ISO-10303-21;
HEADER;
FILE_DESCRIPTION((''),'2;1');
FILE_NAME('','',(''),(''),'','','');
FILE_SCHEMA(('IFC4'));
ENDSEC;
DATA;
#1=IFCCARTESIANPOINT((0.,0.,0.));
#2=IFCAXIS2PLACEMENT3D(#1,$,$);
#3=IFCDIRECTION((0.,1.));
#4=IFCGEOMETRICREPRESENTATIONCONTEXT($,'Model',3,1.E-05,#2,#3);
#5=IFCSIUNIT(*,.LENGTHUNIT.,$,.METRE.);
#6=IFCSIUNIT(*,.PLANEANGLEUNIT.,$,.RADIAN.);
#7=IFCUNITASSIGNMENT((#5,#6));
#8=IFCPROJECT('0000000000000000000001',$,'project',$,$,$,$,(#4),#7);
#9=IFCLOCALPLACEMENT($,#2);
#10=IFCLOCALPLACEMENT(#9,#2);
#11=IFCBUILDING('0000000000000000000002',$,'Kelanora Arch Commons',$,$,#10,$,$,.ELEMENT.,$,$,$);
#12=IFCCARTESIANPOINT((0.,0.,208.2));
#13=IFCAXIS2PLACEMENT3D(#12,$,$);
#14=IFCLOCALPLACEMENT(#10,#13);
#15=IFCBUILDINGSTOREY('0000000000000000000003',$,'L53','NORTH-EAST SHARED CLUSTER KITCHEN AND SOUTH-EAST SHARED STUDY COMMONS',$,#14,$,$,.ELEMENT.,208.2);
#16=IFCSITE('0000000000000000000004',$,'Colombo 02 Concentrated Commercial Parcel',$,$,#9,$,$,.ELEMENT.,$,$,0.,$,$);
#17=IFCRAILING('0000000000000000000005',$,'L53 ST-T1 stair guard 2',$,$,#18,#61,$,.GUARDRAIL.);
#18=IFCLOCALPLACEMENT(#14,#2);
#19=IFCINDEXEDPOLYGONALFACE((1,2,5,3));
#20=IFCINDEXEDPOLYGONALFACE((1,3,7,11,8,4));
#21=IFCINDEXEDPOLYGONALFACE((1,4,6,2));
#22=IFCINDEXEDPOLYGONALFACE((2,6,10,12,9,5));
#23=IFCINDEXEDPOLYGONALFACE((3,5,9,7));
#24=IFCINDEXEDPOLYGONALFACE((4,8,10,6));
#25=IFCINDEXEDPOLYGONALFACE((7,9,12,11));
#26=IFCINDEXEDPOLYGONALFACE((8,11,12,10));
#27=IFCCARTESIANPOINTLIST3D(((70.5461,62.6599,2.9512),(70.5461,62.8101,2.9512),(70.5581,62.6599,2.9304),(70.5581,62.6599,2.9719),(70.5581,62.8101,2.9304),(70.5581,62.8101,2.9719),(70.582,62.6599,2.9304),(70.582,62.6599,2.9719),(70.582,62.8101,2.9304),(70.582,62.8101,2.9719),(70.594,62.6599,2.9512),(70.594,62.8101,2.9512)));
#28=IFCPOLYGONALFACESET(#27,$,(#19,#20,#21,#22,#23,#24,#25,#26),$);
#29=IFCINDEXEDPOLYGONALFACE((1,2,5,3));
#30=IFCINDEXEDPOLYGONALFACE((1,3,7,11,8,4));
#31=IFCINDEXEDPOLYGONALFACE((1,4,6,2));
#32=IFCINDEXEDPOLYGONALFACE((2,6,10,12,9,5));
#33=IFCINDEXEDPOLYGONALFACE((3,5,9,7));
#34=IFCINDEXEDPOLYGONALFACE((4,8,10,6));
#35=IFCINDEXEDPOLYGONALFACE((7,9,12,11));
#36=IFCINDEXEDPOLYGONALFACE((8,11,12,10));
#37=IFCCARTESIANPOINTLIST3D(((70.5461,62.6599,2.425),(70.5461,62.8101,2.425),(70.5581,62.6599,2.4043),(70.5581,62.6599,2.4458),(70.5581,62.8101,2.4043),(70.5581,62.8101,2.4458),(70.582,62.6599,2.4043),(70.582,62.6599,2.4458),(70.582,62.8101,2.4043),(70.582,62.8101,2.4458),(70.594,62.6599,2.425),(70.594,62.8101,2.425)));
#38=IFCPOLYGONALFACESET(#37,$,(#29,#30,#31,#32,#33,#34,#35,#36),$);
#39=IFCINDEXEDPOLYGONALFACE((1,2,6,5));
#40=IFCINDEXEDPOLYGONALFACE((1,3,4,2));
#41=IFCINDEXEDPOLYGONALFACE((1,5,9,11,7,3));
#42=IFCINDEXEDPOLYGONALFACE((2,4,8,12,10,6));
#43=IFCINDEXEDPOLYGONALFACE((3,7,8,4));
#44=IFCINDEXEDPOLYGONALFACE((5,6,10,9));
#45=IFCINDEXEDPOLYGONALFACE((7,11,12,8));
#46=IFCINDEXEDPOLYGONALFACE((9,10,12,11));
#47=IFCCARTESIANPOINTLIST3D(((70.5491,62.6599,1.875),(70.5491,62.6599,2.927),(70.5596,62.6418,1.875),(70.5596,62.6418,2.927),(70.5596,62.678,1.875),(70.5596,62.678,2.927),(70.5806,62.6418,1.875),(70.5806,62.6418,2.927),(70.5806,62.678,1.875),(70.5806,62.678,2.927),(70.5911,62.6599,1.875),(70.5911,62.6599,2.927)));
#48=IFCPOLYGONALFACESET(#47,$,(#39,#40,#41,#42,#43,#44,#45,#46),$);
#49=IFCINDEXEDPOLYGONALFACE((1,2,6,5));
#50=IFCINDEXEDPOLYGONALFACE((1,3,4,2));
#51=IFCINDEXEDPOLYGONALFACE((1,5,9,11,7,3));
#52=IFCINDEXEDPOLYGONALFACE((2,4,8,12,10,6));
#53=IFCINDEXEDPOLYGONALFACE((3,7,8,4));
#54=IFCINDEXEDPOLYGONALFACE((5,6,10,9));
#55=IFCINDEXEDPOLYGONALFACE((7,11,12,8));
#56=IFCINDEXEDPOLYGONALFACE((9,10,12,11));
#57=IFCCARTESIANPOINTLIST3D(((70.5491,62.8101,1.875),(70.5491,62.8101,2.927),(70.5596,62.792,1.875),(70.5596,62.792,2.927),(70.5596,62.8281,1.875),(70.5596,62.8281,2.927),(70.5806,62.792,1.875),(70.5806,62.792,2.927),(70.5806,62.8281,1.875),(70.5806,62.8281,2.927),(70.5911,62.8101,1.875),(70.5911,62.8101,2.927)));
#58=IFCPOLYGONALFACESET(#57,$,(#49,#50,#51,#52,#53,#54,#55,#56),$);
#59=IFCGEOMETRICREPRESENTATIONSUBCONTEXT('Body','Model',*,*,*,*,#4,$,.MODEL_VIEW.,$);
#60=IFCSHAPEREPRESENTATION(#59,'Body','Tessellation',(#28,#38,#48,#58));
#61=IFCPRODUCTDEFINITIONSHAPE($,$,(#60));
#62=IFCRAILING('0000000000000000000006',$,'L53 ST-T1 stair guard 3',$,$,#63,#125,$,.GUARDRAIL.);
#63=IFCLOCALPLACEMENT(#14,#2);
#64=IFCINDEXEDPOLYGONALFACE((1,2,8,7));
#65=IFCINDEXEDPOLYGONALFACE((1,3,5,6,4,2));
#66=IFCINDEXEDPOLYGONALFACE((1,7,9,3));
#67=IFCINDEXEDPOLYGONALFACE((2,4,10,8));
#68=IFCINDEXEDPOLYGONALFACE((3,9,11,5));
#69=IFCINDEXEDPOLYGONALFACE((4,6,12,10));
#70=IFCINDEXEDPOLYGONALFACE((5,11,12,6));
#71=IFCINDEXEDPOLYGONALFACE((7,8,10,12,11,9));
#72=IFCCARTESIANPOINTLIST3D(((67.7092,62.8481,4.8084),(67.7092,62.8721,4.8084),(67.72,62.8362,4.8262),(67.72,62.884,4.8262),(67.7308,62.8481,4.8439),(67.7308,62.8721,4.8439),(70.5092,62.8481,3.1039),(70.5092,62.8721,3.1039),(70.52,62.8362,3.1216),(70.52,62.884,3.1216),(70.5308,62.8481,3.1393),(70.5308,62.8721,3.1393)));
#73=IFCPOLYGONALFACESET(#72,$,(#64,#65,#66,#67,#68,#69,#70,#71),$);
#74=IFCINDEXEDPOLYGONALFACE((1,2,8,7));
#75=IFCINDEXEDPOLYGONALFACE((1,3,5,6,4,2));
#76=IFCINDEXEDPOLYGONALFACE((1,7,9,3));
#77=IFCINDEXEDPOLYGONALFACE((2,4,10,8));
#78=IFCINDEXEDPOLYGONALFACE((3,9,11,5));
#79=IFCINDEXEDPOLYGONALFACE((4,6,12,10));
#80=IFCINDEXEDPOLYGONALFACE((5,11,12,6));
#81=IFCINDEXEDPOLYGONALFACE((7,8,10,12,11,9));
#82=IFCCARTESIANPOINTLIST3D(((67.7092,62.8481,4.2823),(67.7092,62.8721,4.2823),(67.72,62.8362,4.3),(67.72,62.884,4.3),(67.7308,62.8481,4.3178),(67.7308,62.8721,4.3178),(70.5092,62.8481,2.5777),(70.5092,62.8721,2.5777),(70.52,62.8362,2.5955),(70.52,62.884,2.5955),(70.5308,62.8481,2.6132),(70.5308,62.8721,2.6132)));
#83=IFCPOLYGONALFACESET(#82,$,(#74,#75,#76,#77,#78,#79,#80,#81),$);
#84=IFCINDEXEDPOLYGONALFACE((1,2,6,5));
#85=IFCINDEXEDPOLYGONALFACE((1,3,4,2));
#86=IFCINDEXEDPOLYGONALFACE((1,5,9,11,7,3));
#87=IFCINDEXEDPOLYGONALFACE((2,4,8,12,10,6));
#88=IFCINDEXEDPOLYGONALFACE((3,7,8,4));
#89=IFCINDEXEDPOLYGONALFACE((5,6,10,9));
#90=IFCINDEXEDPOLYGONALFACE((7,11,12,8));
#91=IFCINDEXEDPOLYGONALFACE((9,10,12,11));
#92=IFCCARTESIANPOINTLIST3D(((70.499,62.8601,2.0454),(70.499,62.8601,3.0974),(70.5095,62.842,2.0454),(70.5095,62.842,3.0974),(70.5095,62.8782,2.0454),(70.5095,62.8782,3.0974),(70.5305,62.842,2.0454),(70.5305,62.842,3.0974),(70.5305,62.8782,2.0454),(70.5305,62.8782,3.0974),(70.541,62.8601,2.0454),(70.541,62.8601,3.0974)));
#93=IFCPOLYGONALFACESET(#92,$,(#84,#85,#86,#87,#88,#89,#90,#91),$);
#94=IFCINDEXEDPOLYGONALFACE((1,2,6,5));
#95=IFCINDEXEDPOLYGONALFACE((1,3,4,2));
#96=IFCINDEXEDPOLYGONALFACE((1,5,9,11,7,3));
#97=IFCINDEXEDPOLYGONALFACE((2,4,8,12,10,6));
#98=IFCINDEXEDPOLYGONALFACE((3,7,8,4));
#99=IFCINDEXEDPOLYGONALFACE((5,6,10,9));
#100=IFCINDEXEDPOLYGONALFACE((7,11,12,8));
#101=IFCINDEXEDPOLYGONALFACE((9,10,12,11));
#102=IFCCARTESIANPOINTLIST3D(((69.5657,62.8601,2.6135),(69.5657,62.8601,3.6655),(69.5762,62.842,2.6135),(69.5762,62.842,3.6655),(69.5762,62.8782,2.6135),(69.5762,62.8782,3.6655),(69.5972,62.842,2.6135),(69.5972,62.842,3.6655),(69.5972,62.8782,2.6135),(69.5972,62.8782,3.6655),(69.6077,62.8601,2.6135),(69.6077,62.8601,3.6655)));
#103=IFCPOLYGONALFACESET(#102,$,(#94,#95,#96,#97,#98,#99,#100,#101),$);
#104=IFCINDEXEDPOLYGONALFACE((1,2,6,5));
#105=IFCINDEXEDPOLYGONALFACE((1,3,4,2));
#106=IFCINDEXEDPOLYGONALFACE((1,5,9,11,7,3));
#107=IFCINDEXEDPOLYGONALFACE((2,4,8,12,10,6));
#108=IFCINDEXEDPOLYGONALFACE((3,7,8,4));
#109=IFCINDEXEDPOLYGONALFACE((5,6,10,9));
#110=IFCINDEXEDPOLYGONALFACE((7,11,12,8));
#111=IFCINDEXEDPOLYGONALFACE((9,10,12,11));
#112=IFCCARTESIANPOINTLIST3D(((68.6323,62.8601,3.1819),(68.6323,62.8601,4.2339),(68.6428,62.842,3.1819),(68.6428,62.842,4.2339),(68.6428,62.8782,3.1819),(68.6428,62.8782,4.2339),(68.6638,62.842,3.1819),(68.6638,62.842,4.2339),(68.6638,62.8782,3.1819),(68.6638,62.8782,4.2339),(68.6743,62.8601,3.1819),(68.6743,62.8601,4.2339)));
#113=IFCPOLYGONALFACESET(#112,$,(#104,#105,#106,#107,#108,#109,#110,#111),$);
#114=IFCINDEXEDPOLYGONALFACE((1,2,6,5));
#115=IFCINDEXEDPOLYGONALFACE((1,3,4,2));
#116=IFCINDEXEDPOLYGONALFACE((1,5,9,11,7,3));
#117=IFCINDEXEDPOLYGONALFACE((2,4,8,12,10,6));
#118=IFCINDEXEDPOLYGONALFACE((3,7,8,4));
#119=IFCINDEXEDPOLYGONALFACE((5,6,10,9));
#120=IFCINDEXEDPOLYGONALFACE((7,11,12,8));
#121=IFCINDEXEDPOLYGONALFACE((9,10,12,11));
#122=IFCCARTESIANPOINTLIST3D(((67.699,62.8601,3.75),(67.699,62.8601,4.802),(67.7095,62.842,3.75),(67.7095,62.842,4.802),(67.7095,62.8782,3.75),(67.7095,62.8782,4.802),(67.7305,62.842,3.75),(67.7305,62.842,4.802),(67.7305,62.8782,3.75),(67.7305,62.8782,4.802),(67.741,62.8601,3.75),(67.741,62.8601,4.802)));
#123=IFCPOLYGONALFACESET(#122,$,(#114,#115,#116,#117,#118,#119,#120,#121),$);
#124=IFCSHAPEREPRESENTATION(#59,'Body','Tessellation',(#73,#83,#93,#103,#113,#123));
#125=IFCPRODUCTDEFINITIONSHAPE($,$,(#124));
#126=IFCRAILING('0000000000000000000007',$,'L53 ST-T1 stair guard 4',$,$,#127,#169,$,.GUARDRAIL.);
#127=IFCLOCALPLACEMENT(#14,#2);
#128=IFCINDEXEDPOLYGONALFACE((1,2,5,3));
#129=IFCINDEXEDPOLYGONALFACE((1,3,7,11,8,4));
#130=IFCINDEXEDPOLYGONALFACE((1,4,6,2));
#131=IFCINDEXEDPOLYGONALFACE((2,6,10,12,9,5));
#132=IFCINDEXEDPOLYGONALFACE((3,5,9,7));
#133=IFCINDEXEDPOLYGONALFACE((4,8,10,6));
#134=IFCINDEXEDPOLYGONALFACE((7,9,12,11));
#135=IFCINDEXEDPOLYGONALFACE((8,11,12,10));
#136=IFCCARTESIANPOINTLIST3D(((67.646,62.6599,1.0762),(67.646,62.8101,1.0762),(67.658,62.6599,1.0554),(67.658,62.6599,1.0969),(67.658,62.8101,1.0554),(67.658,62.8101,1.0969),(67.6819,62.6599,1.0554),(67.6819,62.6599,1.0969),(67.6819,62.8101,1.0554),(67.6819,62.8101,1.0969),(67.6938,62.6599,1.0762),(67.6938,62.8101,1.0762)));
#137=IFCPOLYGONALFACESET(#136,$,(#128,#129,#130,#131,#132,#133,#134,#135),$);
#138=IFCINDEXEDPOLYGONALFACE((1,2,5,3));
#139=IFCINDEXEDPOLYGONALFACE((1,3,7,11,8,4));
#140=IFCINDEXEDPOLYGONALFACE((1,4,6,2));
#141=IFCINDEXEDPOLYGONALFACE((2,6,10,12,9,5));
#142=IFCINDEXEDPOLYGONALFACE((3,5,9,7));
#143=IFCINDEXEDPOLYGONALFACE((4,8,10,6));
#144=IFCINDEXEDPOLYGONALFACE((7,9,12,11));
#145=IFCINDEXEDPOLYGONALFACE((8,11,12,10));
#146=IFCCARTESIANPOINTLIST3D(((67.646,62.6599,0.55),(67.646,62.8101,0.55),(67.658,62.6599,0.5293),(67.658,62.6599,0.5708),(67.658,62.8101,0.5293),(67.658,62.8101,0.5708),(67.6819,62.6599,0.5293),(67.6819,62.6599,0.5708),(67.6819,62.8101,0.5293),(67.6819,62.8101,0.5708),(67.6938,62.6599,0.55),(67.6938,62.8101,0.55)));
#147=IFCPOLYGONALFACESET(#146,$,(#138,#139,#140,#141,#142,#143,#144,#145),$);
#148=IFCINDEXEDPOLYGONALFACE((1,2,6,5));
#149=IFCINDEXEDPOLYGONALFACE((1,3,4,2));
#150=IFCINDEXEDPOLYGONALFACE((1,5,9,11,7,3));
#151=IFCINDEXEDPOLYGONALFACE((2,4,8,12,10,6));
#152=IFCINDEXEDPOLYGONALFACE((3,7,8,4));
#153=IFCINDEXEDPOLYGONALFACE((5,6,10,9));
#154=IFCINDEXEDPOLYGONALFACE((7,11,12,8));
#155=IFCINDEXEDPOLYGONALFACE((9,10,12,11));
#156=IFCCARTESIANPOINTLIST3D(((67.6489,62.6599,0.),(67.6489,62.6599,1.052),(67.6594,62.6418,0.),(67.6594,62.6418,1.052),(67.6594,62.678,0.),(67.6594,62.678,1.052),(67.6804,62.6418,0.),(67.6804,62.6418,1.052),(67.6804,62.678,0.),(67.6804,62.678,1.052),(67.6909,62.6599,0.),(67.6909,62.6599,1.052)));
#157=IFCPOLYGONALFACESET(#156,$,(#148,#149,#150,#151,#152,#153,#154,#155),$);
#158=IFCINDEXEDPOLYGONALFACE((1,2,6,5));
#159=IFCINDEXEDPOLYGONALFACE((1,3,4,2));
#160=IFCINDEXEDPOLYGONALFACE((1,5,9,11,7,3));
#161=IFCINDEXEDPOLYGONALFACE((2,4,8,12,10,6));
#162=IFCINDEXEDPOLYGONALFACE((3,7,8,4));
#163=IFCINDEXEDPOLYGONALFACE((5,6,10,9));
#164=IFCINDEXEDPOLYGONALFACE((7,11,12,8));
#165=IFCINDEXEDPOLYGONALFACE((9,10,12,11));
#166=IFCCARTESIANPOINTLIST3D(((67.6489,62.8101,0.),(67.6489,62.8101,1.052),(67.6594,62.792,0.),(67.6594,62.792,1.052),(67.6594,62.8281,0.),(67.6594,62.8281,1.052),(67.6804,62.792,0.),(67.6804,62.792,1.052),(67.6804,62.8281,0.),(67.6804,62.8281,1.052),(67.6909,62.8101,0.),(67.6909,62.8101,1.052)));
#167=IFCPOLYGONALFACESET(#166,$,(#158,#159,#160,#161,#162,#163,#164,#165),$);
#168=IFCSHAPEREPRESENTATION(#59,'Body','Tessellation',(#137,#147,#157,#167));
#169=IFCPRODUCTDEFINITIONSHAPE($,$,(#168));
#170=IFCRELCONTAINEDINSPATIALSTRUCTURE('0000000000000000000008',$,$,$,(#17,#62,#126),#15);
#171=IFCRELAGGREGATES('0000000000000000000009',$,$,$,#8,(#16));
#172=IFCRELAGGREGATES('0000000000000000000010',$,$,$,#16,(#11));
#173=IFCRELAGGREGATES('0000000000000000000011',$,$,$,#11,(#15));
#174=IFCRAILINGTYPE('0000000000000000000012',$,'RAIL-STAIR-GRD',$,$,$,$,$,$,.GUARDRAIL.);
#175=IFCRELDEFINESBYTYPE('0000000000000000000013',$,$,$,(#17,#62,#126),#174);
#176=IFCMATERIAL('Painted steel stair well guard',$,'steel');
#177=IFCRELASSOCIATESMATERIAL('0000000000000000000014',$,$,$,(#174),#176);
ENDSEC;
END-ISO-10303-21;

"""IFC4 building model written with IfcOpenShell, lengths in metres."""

from ifc_helpers import new_model, si_unit, direction, frame, origin, place, context, subcontext, project, spatial, polyline, outline, extrude, material, type_object, element, save


model = new_model("IFC4")

# Units and contexts
model_context = context("Model", 3, precision=1e-05, world=origin(), true_north=direction((0.0, 1.0)))
body_context = subcontext(model_context, "Body", "Model", "MODEL_VIEW")
ifc_project = project(units=[si_unit("LENGTHUNIT", "METRE"), si_unit("PLANEANGLEUNIT", "RADIAN")], contexts=[model_context])

# Site, building, storey
site_placement = place(None, origin())
site = spatial("IfcSite", under=ifc_project, at=site_placement, Name="Colombo 02 Concentrated Commercial Parcel", CompositionType="ELEMENT", RefElevation=0.0)
building_placement = place(site_placement, origin())
building = spatial("IfcBuilding", under=site, at=building_placement, Name="Kelanora Arch Commons", CompositionType="ELEMENT")
storey_placement = place(building_placement, frame((0.0, 0.0, 208.2)))
storey = spatial("IfcBuildingStorey", under=building, at=storey_placement, Name="L53", Description="NORTH-EAST SHARED CLUSTER KITCHEN AND SOUTH-EAST SHARED STUDY COMMONS", CompositionType="ELEMENT", Elevation=208.2)

# Railings
ifc_material_1 = material(Name="Painted steel stair well guard", Category="steel")
railing_type_1 = type_object("IfcRailingType", Name="RAIL-STAIR-GRD", PredefinedType="GUARDRAIL", material=ifc_material_1)
railing_1_placement = place(storey_placement, frame((70.5701, 62.6599, 1.875)))
element("IfcRailing", 1, at=railing_1_placement, inside=storey, type_object=railing_type_1, Name="L53 ST-T1 stair guard 2", PredefinedType="GUARDRAIL", context=body_context, shape_type="SweptSolid", body=[
    extrude(outline(polyline([(0.0239, 0.0), (0.012, 0.0208), (-0.012, 0.0208), (-0.0239, 0.0), (-0.012, -0.0208), (0.012, -0.0208), (0.0239, 0.0)])), frame((0.0, 0.0, 1.0762), z_axis=(0.0, 1.0, 0.0), x_axis=(-1.0, 0.0, 0.0)), (0.0, 0.0, 1.0), 0.1501),
    extrude(outline(polyline([(0.0239, 0.0), (0.012, 0.0208), (-0.012, 0.0208), (-0.0239, 0.0), (-0.012, -0.0208), (0.012, -0.0208), (0.0239, 0.0)])), frame((0.0, 0.0, 0.55), z_axis=(0.0, 1.0, 0.0), x_axis=(-1.0, 0.0, 0.0)), (0.0, 0.0, 1.0), 0.1501),
    extrude(outline(polyline([(0.021, 0.0), (0.0105, 0.0181), (-0.0105, 0.0181), (-0.021, 0.0), (-0.0105, -0.0181), (0.0105, -0.0181), (0.021, 0.0)])), origin(), (0.0, 0.0, 1.0), 1.052),
    extrude(outline(polyline([(0.021, 0.0), (0.0105, 0.0181), (-0.0105, 0.0181), (-0.021, 0.0), (-0.0105, -0.0181), (0.0105, -0.0181), (0.021, 0.0)])), frame((0.0, 0.1501, 0.0)), (0.0, 0.0, 1.0), 1.052),
])
railing_2_placement = place(storey_placement, frame((70.52, 62.8601, 2.0454)))
element("IfcRailing", 2, at=railing_2_placement, inside=storey, type_object=railing_type_1, Name="L53 ST-T1 stair guard 3", PredefinedType="GUARDRAIL", context=body_context, shape_type="SweptSolid", body=[
    extrude(outline(polyline([(0.0239, 0.0), (0.012, 0.0208), (-0.012, 0.0208), (-0.0239, 0.0), (-0.012, -0.0208), (0.012, -0.0208), (0.0239, 0.0)])), frame((0.0, 0.0, 1.0762), z_axis=(-0.85417, 0.0, 0.519994), x_axis=(0.0, -1.0, 0.0)), (0.0, 0.0, 1.0), 3.2781),
    extrude(outline(polyline([(0.0239, 0.0), (0.012, 0.0208), (-0.012, 0.0208), (-0.0239, 0.0), (-0.012, -0.0208), (0.012, -0.0208), (0.0239, 0.0)])), frame((0.0, 0.0, 0.55), z_axis=(-0.85417, 0.0, 0.519994), x_axis=(0.0, -1.0, 0.0)), (0.0, 0.0, 1.0), 3.2781),
    extrude(outline(polyline([(0.021, 0.0), (0.0105, 0.0181), (-0.0105, 0.0181), (-0.021, 0.0), (-0.0105, -0.0181), (0.0105, -0.0181), (0.021, 0.0)])), origin(), (0.0, 0.0, 1.0), 1.052),
    extrude(outline(polyline([(0.021, 0.0), (0.0105, 0.0181), (-0.0105, 0.0181), (-0.021, 0.0), (-0.0105, -0.0181), (0.0105, -0.0181), (0.021, 0.0)])), frame((-0.9333, 0.0, 0.5681)), (0.0, 0.0, 1.0), 1.052),
    extrude(outline(polyline([(0.021, 0.0), (0.0105, 0.0181), (-0.0105, 0.0181), (-0.021, 0.0), (-0.0105, -0.0181), (0.0105, -0.0181), (0.021, 0.0)])), frame((-1.8667, 0.0, 1.1365)), (0.0, 0.0, 1.0), 1.052),
    extrude(outline(polyline([(0.021, 0.0), (0.0105, 0.0181), (-0.0105, 0.0181), (-0.021, 0.0), (-0.0105, -0.0181), (0.0105, -0.0181), (0.021, 0.0)])), frame((-2.8, 0.0, 1.7046)), (0.0, 0.0, 1.0), 1.052),
])
railing_3_placement = place(storey_placement, frame((67.6699, 62.6599, 0.0)))
element("IfcRailing", 3, at=railing_3_placement, inside=storey, type_object=railing_type_1, Name="L53 ST-T1 stair guard 4", PredefinedType="GUARDRAIL", context=body_context, shape_type="SweptSolid", body=[
    extrude(outline(polyline([(0.0239, 0.0), (0.012, 0.0208), (-0.012, 0.0208), (-0.0239, 0.0), (-0.012, -0.0208), (0.012, -0.0208), (0.0239, 0.0)])), frame((0.0, 0.0, 1.0762), z_axis=(0.0, 1.0, 0.0), x_axis=(-1.0, 0.0, 0.0)), (0.0, 0.0, 1.0), 0.1501),
    extrude(outline(polyline([(0.0239, 0.0), (0.012, 0.0208), (-0.012, 0.0208), (-0.0239, 0.0), (-0.012, -0.0208), (0.012, -0.0208), (0.0239, 0.0)])), frame((0.0, 0.0, 0.55), z_axis=(0.0, 1.0, 0.0), x_axis=(-1.0, 0.0, 0.0)), (0.0, 0.0, 1.0), 0.1501),
    extrude(outline(polyline([(0.021, 0.0), (0.0105, 0.0181), (-0.0105, 0.0181), (-0.021, 0.0), (-0.0105, -0.0181), (0.0105, -0.0181), (0.021, 0.0)])), origin(), (0.0, 0.0, 1.0), 1.052),
    extrude(outline(polyline([(0.021, 0.0), (0.0105, 0.0181), (-0.0105, 0.0181), (-0.021, 0.0), (-0.0105, -0.0181), (0.0105, -0.0181), (0.021, 0.0)])), frame((0.0, 0.1501, 0.0)), (0.0, 0.0, 1.0), 1.052),
])

save(model, "model.ifc")
